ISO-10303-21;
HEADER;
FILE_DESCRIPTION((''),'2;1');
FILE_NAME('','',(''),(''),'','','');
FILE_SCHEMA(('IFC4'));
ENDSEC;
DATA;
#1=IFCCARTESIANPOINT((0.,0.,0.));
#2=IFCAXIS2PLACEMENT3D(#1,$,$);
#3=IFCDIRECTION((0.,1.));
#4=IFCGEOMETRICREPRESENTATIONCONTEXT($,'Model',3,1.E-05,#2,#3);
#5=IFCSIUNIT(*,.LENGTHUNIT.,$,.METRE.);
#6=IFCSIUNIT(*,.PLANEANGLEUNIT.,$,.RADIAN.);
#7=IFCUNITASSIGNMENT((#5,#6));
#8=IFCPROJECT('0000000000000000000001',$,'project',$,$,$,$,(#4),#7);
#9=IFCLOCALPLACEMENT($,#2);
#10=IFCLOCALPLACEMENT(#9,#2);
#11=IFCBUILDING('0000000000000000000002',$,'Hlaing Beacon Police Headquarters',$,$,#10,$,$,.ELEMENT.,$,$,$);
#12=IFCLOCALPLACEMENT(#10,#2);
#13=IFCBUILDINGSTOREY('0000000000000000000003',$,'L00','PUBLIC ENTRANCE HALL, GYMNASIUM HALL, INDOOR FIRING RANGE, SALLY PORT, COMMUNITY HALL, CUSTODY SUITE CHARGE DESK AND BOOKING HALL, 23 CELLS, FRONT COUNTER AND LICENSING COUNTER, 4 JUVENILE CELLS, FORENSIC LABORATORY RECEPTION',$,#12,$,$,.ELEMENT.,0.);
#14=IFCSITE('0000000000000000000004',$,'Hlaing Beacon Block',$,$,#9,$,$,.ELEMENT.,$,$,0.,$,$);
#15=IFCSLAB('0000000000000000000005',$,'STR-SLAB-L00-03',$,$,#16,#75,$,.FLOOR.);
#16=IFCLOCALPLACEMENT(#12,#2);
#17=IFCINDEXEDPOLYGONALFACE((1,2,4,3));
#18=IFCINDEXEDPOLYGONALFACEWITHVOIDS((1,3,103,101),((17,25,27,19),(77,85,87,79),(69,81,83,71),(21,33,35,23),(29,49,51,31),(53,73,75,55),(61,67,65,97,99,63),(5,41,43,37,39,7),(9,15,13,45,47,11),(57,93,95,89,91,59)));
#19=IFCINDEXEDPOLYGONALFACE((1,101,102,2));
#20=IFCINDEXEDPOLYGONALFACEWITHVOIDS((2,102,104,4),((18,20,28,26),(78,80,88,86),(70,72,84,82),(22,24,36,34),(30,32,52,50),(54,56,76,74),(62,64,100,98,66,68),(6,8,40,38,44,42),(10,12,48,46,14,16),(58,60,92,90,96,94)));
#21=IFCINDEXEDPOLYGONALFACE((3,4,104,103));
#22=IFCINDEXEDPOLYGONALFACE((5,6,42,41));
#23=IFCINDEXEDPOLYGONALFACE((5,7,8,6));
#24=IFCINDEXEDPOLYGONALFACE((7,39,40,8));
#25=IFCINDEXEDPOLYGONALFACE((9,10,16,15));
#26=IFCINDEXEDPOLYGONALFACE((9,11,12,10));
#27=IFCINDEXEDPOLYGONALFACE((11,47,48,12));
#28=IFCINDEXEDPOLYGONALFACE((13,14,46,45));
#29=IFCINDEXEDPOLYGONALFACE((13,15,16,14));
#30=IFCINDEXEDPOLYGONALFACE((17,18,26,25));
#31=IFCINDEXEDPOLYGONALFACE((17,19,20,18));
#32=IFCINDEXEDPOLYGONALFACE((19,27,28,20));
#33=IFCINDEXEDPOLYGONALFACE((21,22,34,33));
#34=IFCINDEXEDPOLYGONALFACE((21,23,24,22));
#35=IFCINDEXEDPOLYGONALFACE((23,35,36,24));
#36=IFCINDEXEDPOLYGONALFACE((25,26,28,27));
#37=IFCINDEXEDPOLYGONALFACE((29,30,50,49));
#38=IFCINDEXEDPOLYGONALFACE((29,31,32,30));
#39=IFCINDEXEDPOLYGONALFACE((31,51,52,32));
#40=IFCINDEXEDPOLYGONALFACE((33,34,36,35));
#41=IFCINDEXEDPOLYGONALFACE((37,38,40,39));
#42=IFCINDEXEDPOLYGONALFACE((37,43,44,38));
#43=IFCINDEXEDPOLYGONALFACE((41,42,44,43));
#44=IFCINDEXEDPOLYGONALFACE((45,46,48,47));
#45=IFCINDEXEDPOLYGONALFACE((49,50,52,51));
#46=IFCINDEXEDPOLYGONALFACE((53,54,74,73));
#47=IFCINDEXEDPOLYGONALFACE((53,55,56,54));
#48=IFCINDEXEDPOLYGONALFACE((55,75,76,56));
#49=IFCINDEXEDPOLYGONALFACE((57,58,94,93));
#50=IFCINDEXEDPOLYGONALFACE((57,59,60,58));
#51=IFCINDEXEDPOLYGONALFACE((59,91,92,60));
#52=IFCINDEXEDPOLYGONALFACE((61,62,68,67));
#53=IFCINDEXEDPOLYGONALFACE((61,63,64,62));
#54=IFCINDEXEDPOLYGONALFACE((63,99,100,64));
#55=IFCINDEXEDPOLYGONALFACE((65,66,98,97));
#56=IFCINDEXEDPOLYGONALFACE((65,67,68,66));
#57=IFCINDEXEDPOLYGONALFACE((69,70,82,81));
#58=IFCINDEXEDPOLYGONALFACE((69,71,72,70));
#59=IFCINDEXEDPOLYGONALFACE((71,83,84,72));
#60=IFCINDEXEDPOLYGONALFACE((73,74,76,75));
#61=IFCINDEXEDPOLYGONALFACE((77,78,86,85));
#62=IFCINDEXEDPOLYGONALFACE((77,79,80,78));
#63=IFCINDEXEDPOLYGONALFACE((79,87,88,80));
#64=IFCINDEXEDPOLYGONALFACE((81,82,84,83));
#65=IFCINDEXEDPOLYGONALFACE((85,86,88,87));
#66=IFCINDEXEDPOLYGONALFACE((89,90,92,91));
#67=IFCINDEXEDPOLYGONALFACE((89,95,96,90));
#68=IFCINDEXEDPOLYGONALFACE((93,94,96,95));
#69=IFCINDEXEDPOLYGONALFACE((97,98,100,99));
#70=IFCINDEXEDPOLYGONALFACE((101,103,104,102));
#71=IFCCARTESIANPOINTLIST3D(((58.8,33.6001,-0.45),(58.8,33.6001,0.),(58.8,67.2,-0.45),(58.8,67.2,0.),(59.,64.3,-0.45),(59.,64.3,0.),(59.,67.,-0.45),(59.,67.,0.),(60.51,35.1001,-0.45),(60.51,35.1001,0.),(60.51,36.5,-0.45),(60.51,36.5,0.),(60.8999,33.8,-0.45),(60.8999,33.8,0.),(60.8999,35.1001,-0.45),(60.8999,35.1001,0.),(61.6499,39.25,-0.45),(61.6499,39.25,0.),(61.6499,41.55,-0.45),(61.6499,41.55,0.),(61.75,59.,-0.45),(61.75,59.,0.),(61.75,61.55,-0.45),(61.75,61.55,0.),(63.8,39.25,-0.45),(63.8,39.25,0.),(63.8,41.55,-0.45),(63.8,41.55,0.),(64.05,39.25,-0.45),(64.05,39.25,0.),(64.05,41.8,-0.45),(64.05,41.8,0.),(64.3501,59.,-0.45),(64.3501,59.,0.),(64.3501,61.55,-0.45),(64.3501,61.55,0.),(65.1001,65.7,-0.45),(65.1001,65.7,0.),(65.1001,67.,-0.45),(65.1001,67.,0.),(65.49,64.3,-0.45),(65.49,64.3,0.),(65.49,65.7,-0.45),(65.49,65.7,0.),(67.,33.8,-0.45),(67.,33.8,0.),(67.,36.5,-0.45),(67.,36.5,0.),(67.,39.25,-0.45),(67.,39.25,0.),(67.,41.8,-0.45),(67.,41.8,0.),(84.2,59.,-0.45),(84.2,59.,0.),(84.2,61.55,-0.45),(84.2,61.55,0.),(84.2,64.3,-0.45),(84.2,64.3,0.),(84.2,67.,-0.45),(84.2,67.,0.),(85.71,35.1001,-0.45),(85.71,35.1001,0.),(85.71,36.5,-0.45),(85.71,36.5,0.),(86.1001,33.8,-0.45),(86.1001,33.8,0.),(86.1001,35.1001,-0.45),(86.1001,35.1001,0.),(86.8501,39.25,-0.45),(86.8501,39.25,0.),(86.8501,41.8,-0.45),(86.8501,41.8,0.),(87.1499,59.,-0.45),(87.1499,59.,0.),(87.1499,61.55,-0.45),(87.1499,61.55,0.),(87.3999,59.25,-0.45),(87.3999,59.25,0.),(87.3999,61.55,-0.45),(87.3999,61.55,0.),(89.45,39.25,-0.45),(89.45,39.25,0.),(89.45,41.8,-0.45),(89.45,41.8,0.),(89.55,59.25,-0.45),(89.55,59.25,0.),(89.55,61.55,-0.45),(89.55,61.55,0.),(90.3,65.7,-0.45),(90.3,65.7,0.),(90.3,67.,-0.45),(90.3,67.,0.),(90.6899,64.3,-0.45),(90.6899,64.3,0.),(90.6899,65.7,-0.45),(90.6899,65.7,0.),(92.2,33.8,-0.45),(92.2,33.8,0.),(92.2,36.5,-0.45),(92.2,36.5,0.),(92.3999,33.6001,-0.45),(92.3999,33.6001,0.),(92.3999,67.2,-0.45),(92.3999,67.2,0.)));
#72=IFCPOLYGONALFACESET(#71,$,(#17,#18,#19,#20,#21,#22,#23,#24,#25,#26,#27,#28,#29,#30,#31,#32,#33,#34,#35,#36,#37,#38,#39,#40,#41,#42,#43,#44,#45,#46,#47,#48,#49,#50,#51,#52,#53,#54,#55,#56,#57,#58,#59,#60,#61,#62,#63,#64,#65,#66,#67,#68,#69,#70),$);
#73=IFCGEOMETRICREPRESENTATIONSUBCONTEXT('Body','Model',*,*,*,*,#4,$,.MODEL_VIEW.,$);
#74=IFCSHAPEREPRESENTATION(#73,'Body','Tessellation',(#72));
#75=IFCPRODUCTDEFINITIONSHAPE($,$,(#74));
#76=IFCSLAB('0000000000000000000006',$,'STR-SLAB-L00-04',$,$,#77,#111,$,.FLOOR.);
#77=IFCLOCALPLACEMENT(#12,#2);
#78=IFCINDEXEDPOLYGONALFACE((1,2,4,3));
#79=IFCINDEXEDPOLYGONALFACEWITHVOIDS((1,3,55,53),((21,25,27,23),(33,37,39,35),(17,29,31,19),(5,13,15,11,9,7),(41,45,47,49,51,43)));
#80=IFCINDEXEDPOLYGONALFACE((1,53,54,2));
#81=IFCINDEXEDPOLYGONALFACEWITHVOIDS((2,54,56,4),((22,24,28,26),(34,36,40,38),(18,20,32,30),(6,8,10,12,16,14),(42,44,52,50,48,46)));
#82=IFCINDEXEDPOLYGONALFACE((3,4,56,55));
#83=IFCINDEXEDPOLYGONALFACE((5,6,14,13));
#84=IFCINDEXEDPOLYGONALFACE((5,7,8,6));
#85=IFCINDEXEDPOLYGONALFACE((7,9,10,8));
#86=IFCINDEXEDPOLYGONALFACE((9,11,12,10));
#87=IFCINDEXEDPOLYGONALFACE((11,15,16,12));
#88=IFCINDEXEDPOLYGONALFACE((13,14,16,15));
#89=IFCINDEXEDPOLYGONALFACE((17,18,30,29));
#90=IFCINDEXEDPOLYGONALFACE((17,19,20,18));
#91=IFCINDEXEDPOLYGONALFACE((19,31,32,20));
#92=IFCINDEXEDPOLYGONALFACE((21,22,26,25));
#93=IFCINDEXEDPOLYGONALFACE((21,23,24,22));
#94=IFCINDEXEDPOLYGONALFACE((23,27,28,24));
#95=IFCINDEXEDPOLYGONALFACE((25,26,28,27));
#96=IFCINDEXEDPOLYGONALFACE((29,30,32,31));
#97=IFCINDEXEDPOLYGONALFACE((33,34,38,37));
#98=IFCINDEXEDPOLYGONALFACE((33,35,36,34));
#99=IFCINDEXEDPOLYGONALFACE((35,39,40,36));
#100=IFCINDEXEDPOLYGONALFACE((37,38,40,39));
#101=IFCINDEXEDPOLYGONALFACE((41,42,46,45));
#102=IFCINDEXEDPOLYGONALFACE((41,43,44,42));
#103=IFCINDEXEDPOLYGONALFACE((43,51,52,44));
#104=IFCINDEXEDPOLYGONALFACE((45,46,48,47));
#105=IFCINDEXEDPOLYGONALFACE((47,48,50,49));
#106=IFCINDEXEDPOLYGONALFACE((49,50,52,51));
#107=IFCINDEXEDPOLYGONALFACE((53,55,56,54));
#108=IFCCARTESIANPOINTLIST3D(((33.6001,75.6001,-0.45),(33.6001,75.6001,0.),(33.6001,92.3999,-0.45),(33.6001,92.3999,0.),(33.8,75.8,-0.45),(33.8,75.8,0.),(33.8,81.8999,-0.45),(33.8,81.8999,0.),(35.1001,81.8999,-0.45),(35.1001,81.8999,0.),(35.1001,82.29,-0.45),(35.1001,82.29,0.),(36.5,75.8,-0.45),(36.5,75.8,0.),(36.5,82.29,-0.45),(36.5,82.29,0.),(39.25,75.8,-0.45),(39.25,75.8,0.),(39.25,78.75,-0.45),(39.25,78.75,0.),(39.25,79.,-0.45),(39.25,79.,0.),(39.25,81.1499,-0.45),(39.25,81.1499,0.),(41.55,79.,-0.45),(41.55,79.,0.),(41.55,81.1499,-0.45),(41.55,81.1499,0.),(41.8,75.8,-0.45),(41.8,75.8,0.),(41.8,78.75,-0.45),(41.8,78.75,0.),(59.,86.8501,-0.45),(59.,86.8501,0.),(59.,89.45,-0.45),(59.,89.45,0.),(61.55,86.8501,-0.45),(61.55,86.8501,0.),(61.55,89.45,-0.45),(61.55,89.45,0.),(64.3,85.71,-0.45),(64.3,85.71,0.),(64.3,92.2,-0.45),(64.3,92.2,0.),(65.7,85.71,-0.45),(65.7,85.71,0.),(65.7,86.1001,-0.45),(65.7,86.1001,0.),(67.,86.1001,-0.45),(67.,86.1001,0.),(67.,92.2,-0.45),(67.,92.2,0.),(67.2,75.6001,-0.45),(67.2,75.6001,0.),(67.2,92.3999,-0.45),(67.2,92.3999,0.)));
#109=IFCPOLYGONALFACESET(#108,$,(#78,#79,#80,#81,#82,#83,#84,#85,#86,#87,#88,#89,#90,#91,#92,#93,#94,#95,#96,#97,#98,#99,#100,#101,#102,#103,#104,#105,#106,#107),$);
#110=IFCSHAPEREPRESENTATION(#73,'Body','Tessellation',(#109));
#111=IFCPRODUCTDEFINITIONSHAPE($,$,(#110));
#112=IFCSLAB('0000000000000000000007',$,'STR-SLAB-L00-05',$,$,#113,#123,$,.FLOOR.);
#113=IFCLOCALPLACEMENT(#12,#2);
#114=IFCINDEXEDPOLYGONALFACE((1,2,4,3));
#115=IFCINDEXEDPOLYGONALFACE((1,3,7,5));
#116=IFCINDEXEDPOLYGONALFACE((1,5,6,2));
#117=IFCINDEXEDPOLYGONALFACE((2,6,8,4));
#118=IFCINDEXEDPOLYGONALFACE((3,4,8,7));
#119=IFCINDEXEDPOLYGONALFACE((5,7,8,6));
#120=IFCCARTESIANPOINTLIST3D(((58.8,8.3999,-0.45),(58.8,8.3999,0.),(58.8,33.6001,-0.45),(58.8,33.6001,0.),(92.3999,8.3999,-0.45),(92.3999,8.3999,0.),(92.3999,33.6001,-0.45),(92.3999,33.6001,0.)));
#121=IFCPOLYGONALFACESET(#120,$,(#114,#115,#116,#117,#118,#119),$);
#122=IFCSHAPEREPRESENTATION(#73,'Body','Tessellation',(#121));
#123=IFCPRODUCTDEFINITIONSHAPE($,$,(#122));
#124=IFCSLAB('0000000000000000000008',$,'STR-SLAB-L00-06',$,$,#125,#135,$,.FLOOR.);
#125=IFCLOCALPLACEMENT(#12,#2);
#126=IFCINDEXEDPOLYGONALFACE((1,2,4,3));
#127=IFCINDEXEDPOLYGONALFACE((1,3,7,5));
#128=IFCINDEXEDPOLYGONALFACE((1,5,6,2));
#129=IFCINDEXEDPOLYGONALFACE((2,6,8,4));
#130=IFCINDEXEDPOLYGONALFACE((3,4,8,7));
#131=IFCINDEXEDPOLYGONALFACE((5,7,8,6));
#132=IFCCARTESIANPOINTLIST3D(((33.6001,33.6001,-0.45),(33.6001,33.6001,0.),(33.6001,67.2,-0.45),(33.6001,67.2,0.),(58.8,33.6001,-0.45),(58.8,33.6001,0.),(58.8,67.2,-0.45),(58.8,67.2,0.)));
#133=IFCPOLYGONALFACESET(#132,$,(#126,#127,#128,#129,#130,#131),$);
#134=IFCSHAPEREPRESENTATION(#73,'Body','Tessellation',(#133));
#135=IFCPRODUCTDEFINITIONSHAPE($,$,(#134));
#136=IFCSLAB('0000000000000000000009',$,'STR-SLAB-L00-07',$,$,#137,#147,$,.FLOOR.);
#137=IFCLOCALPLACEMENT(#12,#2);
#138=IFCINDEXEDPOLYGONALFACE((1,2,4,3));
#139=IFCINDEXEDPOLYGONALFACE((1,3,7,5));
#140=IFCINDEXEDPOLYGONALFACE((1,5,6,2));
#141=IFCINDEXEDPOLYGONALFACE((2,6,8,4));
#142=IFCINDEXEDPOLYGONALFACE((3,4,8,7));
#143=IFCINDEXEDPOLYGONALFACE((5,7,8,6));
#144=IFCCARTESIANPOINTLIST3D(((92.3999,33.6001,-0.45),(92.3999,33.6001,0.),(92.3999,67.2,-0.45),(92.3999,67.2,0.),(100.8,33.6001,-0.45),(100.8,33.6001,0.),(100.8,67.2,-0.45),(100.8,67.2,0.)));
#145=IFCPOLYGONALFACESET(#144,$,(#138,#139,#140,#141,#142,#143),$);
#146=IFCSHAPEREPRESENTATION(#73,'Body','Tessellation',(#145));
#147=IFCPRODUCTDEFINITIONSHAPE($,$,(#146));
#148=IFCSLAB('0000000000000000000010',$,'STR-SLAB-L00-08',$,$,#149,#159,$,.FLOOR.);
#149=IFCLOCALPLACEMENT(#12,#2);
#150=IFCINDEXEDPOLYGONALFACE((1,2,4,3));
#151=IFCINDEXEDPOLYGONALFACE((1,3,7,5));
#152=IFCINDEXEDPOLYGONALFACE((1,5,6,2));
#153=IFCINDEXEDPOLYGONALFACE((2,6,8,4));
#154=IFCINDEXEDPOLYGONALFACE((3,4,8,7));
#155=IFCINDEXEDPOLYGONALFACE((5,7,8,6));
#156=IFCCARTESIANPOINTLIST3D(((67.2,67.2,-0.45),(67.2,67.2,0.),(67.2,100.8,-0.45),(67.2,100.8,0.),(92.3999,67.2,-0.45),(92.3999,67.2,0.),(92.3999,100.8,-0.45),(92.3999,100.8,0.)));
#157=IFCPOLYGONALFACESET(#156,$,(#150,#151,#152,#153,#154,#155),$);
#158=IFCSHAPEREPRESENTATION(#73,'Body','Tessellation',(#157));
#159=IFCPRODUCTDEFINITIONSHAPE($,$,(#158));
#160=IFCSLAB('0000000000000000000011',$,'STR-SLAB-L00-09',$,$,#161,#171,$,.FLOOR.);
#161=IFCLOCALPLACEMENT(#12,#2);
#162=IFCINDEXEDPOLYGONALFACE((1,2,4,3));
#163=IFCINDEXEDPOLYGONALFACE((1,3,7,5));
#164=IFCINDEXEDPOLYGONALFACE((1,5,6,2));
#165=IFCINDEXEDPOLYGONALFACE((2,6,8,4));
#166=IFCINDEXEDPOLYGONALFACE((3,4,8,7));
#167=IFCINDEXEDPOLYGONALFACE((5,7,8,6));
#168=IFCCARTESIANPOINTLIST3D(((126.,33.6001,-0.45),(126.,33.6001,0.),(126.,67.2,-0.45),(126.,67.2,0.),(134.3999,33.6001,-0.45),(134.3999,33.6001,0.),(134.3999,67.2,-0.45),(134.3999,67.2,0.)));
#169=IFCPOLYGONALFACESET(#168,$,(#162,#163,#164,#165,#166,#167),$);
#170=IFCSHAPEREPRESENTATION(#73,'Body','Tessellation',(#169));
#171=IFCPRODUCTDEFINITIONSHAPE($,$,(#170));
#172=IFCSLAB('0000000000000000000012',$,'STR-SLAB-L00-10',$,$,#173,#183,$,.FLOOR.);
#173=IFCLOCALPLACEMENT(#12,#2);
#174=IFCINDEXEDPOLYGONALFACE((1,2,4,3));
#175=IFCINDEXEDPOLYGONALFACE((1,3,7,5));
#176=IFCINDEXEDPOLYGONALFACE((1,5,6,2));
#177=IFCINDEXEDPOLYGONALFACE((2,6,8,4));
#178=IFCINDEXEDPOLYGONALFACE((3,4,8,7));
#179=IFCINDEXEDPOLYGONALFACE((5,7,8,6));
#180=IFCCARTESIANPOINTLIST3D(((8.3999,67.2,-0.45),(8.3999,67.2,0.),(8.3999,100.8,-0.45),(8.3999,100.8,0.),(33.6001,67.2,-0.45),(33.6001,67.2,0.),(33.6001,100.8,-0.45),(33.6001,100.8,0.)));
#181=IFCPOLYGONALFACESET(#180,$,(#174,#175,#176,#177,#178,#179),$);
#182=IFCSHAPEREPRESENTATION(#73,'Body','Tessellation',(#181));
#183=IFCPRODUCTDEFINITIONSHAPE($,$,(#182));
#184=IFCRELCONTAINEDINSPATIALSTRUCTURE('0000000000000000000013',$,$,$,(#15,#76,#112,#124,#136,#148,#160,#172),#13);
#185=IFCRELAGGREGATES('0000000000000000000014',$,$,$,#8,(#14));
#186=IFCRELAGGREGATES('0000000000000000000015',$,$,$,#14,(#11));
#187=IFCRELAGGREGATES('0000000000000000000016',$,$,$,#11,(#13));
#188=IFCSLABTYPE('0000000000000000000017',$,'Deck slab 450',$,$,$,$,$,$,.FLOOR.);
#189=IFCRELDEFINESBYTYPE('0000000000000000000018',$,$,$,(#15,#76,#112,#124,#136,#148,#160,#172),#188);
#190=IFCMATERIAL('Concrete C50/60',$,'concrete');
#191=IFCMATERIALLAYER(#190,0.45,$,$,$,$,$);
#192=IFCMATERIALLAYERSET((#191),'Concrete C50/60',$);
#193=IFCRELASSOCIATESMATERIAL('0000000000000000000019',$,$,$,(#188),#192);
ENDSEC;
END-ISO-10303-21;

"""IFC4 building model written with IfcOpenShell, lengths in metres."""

from ifc_helpers import new_model, si_unit, direction, frame, origin, place, context, subcontext, project, spatial, polyline, outline, extrude, material, layer, layer_set, type_object, element, save


model = new_model("IFC4")

# Units and contexts
model_context = context("Model", 3, precision=1e-05, world=origin(), true_north=direction((0.0, 1.0)))
body_context = subcontext(model_context, "Body", "Model", "MODEL_VIEW")
ifc_project = project(units=[si_unit("LENGTHUNIT", "METRE"), si_unit("PLANEANGLEUNIT", "RADIAN")], contexts=[model_context])

# Site, building, storey
site_placement = place(None, origin())
site = spatial("IfcSite", under=ifc_project, at=site_placement, Name="Hlaing Beacon Block", CompositionType="ELEMENT", RefElevation=0.0)
building_placement = place(site_placement, origin())
building = spatial("IfcBuilding", under=site, at=building_placement, Name="Hlaing Beacon Police Headquarters", CompositionType="ELEMENT")
storey_placement = place(building_placement, origin())
storey = spatial("IfcBuildingStorey", under=building, at=storey_placement, Name="L00", Description="PUBLIC ENTRANCE HALL, GYMNASIUM HALL, INDOOR FIRING RANGE, SALLY PORT, COMMUNITY HALL, CUSTODY SUITE CHARGE DESK AND BOOKING HALL, 23 CELLS, FRONT COUNTER AND LICENSING COUNTER, 4 JUVENILE CELLS, FORENSIC LABORATORY RECEPTION", CompositionType="ELEMENT", Elevation=0.0)

# Slabs
ifc_material_1 = material(Name="Concrete C50/60", Category="concrete")
ifc_layer_1 = layer(ifc_material_1, 0.45)
ifc_layer_set_1 = layer_set([ifc_layer_1], Name="Concrete C50/60")
slab_type_1 = type_object("IfcSlabType", Name="Deck slab 450", PredefinedType="FLOOR", material=ifc_layer_set_1)
slab_1_placement = place(storey_placement, frame((0.0, 0.0, -0.45)))
element("IfcSlab", 1, at=slab_1_placement, inside=storey, type_object=slab_type_1, Name="STR-SLAB-L00-03", PredefinedType="FLOOR", context=body_context, shape_type="SweptSolid", body=[
    extrude(outline(polyline([(58.8, 33.6001), (92.3999, 33.6001), (92.3999, 67.2), (58.8, 67.2), (58.8, 33.6001)]), holes=[polyline([(59.0, 64.3), (65.49, 64.3), (65.49, 65.7), (65.1001, 65.7), (65.1001, 67.0), (59.0, 67.0), (59.0, 64.3)]), polyline([(60.8999, 33.8), (67.0, 33.8), (67.0, 36.5), (60.51, 36.5), (60.51, 35.1001), (60.8999, 35.1001), (60.8999, 33.8)]), polyline([(61.6499, 39.25), (63.8, 39.25), (63.8, 41.55), (61.6499, 41.55), (61.6499, 39.25)]), polyline([(61.75, 59.0), (64.3501, 59.0), (64.3501, 61.55), (61.75, 61.55), (61.75, 59.0)]), polyline([(64.05, 39.25), (67.0, 39.25), (67.0, 41.8), (64.05, 41.8), (64.05, 39.25)]), polyline([(84.2, 59.0), (87.1499, 59.0), (87.1499, 61.55), (84.2, 61.55), (84.2, 59.0)]), polyline([(84.2, 64.3), (90.6899, 64.3), (90.6899, 65.7), (90.3, 65.7), (90.3, 67.0), (84.2, 67.0), (84.2, 64.3)]), polyline([(86.1001, 33.8), (92.2, 33.8), (92.2, 36.5), (85.71, 36.5), (85.71, 35.1001), (86.1001, 35.1001), (86.1001, 33.8)]), polyline([(86.8501, 39.25), (89.45, 39.25), (89.45, 41.8), (86.8501, 41.8), (86.8501, 39.25)]), polyline([(87.3999, 59.25), (89.55, 59.25), (89.55, 61.55), (87.3999, 61.55), (87.3999, 59.25)])]), origin(), (0.0, 0.0, 1.0), 0.45),
])
slab_2_placement = place(storey_placement, frame((0.0, 0.0, -0.45)))
element("IfcSlab", 2, at=slab_2_placement, inside=storey, type_object=slab_type_1, Name="STR-SLAB-L00-04", PredefinedType="FLOOR", context=body_context, shape_type="SweptSolid", body=[
    extrude(outline(polyline([(33.6001, 75.6001), (67.2, 75.6001), (67.2, 92.3999), (33.6001, 92.3999), (33.6001, 75.6001)]), holes=[polyline([(33.8, 75.8), (36.5, 75.8), (36.5, 82.29), (35.1001, 82.29), (35.1001, 81.8999), (33.8, 81.8999), (33.8, 75.8)]), polyline([(39.25, 75.8), (41.8, 75.8), (41.8, 78.75), (39.25, 78.75), (39.25, 75.8)]), polyline([(39.25, 79.0), (41.55, 79.0), (41.55, 81.1499), (39.25, 81.1499), (39.25, 79.0)]), polyline([(59.0, 86.8501), (61.55, 86.8501), (61.55, 89.45), (59.0, 89.45), (59.0, 86.8501)]), polyline([(64.3, 85.71), (65.7, 85.71), (65.7, 86.1001), (67.0, 86.1001), (67.0, 92.2), (64.3, 92.2), (64.3, 85.71)])]), origin(), (0.0, 0.0, 1.0), 0.45),
])
slab_3_placement = place(storey_placement, frame((0.0, 0.0, -0.45)))
element("IfcSlab", 3, at=slab_3_placement, inside=storey, type_object=slab_type_1, Name="STR-SLAB-L00-05", PredefinedType="FLOOR", context=body_context, shape_type="SweptSolid", body=[
    extrude(outline(polyline([(58.8, 8.3999), (92.3999, 8.3999), (92.3999, 33.6001), (58.8, 33.6001), (58.8, 8.3999)])), origin(), (0.0, 0.0, 1.0), 0.45),
])
slab_4_placement = place(storey_placement, frame((0.0, 0.0, -0.45)))
element("IfcSlab", 4, at=slab_4_placement, inside=storey, type_object=slab_type_1, Name="STR-SLAB-L00-06", PredefinedType="FLOOR", context=body_context, shape_type="SweptSolid", body=[
    extrude(outline(polyline([(33.6001, 33.6001), (58.8, 33.6001), (58.8, 67.2), (33.6001, 67.2), (33.6001, 33.6001)])), origin(), (0.0, 0.0, 1.0), 0.45),
])
slab_5_placement = place(storey_placement, frame((0.0, 0.0, -0.45)))
element("IfcSlab", 5, at=slab_5_placement, inside=storey, type_object=slab_type_1, Name="STR-SLAB-L00-07", PredefinedType="FLOOR", context=body_context, shape_type="SweptSolid", body=[
    extrude(outline(polyline([(92.3999, 33.6001), (100.8, 33.6001), (100.8, 67.2), (92.3999, 67.2), (92.3999, 33.6001)])), origin(), (0.0, 0.0, 1.0), 0.45),
])
slab_6_placement = place(storey_placement, frame((0.0, 0.0, -0.45)))
element("IfcSlab", 6, at=slab_6_placement, inside=storey, type_object=slab_type_1, Name="STR-SLAB-L00-08", PredefinedType="FLOOR", context=body_context, shape_type="SweptSolid", body=[
    extrude(outline(polyline([(67.2, 67.2), (92.3999, 67.2), (92.3999, 100.8), (67.2, 100.8), (67.2, 67.2)])), origin(), (0.0, 0.0, 1.0), 0.45),
])
slab_7_placement = place(storey_placement, frame((0.0, 0.0, -0.45)))
element("IfcSlab", 7, at=slab_7_placement, inside=storey, type_object=slab_type_1, Name="STR-SLAB-L00-09", PredefinedType="FLOOR", context=body_context, shape_type="SweptSolid", body=[
    extrude(outline(polyline([(126.0, 33.6001), (134.3999, 33.6001), (134.3999, 67.2), (126.0, 67.2), (126.0, 33.6001)])), origin(), (0.0, 0.0, 1.0), 0.45),
])
slab_8_placement = place(storey_placement, frame((0.0, 0.0, -0.45)))
element("IfcSlab", 8, at=slab_8_placement, inside=storey, type_object=slab_type_1, Name="STR-SLAB-L00-10", PredefinedType="FLOOR", context=body_context, shape_type="SweptSolid", body=[
    extrude(outline(polyline([(8.3999, 67.2), (33.6001, 67.2), (33.6001, 100.8), (8.3999, 100.8), (8.3999, 67.2)])), origin(), (0.0, 0.0, 1.0), 0.45),
])

save(model, "model.ifc")
